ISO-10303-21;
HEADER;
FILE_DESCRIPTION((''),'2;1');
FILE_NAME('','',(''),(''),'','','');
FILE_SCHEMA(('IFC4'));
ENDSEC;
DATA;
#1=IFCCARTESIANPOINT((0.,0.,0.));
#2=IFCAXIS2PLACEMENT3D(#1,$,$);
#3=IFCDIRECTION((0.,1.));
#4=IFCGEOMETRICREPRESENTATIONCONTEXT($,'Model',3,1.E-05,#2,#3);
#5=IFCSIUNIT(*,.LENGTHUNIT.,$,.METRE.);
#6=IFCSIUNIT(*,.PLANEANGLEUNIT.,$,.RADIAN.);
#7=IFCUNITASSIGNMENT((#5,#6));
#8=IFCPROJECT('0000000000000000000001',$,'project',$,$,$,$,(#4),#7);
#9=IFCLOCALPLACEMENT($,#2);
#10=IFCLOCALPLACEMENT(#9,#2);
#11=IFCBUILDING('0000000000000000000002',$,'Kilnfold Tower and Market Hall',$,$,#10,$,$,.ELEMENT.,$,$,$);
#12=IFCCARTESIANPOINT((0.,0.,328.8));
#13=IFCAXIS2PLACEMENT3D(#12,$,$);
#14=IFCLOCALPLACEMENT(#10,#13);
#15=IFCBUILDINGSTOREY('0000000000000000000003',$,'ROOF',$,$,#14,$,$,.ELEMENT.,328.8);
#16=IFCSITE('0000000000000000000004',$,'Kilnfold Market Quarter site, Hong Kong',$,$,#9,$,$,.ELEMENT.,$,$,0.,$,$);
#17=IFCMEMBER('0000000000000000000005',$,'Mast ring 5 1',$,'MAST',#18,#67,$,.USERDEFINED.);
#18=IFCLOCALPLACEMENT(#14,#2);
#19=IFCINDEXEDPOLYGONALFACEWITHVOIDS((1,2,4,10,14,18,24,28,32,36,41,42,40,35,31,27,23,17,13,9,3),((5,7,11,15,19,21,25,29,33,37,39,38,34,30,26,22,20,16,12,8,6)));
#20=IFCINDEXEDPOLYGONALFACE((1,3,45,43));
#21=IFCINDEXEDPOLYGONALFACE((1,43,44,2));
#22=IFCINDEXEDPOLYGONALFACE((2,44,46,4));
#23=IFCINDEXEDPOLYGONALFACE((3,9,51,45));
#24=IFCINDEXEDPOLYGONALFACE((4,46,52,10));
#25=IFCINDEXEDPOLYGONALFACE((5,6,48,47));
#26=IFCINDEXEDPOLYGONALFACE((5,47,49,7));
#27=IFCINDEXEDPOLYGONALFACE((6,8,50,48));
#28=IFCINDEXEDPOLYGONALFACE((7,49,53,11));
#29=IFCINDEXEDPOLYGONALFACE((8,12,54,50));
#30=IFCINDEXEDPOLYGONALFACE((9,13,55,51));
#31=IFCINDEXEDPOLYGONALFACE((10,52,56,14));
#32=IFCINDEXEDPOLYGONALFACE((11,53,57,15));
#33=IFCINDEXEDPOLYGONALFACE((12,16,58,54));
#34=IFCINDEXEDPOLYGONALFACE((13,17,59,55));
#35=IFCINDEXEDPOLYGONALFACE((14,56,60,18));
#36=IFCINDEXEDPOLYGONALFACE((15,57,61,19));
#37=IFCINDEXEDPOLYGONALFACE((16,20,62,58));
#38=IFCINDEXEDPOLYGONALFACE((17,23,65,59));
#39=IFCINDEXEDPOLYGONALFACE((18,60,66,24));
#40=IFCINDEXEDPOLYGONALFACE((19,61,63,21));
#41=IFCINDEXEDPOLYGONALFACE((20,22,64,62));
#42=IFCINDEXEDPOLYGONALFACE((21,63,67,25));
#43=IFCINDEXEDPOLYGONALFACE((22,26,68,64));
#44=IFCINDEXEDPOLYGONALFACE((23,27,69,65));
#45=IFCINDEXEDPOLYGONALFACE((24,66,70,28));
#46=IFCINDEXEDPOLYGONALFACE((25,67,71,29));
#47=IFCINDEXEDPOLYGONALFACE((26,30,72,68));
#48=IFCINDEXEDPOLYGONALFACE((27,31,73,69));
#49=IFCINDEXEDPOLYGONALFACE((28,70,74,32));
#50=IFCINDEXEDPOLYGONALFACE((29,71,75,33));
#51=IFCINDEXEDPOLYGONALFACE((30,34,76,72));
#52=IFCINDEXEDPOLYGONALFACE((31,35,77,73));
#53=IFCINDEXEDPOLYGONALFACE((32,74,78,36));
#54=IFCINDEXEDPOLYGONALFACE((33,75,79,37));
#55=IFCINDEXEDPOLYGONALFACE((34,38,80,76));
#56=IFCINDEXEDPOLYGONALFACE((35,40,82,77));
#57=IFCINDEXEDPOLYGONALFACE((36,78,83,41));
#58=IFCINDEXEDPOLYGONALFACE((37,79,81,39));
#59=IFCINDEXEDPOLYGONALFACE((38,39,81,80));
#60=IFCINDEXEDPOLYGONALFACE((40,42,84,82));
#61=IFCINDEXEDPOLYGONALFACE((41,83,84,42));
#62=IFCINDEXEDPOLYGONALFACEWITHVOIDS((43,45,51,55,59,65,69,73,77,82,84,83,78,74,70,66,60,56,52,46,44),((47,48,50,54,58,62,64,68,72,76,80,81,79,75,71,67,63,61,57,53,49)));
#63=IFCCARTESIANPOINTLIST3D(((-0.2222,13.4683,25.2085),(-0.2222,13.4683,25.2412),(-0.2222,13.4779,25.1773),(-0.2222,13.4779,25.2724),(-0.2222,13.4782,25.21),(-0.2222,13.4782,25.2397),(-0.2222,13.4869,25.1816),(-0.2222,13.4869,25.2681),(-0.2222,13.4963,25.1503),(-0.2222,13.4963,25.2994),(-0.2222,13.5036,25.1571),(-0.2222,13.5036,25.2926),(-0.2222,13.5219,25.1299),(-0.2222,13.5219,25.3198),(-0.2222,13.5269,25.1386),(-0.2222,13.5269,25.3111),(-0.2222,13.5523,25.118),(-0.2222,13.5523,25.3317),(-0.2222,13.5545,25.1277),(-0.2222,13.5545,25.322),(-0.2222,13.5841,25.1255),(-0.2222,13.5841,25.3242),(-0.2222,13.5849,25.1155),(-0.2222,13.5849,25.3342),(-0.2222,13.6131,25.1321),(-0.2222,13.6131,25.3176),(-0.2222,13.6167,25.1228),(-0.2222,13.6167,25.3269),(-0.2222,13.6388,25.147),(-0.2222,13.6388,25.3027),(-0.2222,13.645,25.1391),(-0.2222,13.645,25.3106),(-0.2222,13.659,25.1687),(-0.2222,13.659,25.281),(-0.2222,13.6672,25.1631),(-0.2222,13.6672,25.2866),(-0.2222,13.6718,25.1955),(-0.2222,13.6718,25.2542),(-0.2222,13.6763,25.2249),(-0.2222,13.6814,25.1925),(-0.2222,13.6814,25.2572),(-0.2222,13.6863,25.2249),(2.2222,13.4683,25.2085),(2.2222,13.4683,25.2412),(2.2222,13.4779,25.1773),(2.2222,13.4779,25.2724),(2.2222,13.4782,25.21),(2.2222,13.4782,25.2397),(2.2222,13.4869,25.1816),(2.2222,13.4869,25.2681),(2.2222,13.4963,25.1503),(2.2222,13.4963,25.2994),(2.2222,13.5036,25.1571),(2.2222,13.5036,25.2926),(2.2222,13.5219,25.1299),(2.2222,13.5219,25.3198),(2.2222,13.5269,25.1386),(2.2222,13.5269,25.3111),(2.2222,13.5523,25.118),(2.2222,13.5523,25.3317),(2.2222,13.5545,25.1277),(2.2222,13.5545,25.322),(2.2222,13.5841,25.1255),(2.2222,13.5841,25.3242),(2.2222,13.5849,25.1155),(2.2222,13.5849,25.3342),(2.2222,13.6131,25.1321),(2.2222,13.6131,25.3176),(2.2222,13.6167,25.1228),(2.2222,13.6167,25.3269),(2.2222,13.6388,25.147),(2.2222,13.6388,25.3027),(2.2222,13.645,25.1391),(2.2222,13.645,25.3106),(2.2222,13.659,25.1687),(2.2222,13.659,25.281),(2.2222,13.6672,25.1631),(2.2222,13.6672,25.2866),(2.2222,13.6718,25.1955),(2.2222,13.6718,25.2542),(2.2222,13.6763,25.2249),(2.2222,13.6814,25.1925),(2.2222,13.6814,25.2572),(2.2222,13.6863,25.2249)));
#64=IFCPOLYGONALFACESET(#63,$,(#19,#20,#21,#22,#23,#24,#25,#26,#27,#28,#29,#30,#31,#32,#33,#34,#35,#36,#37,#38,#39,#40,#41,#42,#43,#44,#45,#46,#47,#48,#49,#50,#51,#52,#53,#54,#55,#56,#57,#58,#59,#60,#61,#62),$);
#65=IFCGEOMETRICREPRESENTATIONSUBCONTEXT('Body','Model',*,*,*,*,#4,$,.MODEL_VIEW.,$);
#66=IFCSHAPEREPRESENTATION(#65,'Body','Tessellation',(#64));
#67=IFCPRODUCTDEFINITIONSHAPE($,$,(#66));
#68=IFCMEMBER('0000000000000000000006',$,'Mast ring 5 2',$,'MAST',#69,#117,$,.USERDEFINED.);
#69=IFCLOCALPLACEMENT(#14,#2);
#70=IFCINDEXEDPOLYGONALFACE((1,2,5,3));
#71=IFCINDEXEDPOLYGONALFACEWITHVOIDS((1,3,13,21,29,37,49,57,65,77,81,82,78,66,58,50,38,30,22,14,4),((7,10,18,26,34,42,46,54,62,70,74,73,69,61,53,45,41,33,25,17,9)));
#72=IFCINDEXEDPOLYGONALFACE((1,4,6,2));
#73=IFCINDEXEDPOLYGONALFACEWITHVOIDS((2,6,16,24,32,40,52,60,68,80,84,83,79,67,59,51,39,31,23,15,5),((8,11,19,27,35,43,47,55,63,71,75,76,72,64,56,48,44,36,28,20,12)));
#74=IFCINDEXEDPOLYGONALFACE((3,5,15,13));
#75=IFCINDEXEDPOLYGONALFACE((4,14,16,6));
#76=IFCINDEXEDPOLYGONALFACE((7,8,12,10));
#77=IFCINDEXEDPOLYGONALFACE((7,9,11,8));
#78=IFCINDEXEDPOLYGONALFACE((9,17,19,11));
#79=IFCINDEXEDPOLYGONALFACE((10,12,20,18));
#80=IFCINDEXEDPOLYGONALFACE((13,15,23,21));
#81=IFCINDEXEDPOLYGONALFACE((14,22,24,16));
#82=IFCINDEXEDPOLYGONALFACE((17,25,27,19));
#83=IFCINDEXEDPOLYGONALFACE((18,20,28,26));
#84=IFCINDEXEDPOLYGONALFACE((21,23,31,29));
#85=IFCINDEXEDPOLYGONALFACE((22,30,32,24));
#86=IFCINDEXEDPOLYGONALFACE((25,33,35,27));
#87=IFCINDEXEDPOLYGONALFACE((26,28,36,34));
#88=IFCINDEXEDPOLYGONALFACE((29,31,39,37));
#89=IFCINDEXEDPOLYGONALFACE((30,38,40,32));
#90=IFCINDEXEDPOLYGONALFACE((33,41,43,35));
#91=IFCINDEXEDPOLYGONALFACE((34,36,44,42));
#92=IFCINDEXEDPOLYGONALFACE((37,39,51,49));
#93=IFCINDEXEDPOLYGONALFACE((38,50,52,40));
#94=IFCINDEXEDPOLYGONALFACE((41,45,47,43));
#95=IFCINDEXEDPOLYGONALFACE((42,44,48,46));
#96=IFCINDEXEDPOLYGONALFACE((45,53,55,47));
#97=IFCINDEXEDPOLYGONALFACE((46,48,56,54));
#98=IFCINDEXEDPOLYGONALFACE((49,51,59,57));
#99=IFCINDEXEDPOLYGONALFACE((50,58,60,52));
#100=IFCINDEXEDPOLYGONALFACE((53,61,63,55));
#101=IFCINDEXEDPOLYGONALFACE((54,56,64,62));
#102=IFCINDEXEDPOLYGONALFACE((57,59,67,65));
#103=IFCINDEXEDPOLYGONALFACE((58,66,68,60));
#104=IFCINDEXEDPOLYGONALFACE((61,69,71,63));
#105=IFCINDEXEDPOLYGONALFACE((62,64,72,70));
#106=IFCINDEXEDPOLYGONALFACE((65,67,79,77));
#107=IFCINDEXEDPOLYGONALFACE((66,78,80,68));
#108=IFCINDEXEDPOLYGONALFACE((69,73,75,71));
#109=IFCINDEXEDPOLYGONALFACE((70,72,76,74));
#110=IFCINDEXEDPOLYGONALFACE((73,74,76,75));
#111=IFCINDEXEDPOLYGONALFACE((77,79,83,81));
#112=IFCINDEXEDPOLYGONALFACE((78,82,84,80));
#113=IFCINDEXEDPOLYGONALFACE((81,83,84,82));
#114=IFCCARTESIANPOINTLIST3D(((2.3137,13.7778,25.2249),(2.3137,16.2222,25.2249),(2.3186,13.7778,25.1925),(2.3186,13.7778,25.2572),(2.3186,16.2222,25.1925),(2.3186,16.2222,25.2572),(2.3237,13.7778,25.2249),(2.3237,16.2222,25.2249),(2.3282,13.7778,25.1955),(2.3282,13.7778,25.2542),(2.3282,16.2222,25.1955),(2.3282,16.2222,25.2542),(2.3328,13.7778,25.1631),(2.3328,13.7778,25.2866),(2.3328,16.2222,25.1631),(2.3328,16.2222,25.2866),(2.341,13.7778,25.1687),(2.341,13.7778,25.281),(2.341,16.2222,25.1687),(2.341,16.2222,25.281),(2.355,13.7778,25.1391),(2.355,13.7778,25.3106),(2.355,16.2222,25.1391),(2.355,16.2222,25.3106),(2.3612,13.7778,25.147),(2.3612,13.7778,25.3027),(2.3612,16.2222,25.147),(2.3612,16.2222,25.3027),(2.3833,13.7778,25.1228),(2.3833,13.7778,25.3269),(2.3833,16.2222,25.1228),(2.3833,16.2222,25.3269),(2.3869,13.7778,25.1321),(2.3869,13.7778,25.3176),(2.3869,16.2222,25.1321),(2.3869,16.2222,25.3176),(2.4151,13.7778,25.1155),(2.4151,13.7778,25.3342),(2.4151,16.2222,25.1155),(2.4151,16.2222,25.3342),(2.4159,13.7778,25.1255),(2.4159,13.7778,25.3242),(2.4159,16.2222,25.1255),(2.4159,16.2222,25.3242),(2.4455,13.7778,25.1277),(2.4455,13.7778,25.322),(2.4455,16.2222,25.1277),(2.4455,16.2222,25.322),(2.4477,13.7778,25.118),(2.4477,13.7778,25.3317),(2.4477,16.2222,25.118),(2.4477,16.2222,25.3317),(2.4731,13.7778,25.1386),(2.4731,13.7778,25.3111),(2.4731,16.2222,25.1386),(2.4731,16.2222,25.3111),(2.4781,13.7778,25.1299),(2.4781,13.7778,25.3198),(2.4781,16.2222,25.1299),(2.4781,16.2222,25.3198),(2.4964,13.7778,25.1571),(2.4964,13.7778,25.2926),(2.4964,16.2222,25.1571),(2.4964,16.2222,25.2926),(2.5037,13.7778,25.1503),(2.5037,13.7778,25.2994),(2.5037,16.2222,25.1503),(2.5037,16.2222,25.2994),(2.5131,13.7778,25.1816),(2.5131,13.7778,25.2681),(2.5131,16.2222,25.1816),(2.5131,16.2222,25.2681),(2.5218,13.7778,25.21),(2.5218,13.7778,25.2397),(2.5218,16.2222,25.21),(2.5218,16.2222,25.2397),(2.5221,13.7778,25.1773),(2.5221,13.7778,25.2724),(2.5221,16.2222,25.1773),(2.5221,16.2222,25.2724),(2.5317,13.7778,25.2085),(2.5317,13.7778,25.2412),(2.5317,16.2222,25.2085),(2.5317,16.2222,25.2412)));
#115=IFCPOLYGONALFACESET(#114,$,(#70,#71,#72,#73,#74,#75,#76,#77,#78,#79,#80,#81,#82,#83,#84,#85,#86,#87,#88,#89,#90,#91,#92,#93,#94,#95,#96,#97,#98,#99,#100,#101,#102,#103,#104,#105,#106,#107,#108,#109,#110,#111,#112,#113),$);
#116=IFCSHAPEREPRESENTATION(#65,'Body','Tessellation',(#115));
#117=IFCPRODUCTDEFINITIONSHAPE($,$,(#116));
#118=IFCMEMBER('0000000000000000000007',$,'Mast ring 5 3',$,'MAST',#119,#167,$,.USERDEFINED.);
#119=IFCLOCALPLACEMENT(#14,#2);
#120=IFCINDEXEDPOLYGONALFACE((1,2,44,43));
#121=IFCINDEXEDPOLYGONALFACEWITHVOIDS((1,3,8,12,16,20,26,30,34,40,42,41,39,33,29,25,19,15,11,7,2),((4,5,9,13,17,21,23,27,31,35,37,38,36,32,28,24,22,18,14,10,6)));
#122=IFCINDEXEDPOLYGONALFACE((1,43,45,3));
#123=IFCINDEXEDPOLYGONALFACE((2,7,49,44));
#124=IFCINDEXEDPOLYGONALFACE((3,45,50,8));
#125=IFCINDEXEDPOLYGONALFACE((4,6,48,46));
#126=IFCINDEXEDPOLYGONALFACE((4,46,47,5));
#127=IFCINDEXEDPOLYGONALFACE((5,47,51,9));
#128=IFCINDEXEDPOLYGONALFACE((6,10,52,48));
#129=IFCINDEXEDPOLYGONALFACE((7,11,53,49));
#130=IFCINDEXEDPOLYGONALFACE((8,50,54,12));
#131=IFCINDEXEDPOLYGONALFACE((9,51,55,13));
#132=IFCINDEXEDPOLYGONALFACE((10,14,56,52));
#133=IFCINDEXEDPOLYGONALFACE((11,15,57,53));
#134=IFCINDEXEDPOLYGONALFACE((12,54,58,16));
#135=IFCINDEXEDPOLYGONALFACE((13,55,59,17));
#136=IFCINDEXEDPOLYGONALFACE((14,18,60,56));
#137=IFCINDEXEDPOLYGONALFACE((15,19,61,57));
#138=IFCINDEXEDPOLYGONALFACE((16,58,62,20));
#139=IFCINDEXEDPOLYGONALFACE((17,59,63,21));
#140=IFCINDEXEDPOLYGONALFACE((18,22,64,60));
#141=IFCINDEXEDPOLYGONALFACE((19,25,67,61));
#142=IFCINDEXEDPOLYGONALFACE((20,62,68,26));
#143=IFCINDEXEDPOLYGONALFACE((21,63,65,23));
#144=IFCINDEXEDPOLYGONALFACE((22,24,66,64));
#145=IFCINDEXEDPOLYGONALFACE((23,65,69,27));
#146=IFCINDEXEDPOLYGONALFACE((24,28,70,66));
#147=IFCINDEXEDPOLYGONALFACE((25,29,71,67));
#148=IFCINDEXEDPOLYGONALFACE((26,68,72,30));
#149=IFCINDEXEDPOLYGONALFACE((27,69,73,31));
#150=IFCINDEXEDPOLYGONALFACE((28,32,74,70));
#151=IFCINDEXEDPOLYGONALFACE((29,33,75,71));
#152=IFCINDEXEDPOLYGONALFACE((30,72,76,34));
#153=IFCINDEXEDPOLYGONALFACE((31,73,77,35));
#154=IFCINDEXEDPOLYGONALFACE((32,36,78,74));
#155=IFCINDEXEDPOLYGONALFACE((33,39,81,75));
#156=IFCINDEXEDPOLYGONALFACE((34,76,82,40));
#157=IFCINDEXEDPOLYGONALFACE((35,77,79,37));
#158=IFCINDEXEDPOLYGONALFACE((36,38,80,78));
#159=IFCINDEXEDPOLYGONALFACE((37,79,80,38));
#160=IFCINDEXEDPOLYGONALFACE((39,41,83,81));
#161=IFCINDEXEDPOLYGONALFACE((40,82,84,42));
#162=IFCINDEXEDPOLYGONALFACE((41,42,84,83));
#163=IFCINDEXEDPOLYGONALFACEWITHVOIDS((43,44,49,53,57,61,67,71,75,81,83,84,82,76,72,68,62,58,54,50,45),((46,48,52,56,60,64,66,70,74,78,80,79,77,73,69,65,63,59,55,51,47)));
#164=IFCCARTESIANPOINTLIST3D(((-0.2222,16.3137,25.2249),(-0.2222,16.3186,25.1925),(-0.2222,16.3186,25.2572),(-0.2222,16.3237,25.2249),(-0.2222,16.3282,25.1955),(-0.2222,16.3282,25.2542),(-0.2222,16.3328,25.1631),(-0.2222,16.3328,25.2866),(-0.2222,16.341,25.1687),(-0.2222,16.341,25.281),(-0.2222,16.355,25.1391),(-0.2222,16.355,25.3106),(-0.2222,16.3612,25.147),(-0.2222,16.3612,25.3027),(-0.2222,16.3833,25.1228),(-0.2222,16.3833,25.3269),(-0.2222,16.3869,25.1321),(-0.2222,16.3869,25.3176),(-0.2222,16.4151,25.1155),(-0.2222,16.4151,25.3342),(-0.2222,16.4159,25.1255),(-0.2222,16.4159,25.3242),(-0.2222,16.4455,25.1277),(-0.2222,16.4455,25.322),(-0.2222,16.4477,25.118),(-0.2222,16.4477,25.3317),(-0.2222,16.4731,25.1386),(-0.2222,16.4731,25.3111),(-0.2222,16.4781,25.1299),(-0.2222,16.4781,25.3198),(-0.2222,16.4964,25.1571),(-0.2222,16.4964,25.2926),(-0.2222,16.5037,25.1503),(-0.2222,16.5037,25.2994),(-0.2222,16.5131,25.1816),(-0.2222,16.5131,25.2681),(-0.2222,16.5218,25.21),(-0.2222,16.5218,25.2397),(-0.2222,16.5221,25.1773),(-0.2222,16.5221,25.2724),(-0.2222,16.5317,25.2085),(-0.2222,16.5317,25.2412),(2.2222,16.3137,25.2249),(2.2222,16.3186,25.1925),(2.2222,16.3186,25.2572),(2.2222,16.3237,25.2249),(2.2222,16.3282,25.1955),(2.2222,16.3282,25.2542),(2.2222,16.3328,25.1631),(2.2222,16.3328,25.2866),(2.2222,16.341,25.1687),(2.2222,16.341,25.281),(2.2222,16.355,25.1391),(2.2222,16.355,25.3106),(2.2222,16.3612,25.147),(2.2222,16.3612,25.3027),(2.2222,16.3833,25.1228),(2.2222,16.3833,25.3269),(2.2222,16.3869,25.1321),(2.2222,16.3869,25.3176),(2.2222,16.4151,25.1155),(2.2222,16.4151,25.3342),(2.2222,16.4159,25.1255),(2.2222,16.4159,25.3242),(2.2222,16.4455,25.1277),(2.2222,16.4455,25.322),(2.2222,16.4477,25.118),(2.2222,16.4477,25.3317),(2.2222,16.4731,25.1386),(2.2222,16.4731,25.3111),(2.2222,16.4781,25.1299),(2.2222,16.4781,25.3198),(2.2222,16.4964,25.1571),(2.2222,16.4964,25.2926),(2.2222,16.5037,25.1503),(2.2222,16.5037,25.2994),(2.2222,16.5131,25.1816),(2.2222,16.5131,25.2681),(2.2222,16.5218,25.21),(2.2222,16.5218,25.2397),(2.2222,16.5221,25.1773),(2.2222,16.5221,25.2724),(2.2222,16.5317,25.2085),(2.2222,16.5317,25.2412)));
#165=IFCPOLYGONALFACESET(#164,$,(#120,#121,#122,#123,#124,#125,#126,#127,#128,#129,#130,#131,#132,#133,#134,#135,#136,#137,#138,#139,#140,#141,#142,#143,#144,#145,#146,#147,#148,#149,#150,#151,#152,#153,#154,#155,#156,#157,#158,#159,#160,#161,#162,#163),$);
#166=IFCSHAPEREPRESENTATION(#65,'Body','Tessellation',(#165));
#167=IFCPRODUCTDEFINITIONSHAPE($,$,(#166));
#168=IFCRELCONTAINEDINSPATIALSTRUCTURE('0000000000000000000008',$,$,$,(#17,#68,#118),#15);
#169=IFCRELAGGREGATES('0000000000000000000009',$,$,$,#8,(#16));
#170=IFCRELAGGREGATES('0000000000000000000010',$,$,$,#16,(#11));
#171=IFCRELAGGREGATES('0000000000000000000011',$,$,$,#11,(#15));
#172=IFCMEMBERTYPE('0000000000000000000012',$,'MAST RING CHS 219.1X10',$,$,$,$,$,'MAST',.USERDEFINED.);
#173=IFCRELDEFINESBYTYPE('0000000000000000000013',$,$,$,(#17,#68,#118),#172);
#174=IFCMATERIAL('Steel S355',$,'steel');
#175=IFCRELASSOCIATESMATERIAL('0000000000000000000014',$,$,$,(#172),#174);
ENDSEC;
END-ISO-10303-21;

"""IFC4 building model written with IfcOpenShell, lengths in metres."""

from ifc_helpers import new_model, si_unit, direction, frame, origin, origin_2d, place, context, subcontext, project, spatial, hollow_circle, extrude, source, transform, mapped, material, material_profile, profile_set, type_object, element, save


model = new_model("IFC4")

# Units and contexts
model_context = context("Model", 3, precision=1e-05, world=origin(), true_north=direction((0.0, 1.0)))
body_context = subcontext(model_context, "Body", "Model", "MODEL_VIEW")
ifc_project = project(units=[si_unit("LENGTHUNIT", "METRE"), si_unit("PLANEANGLEUNIT", "RADIAN")], contexts=[model_context])

# Site, building, storey
site_placement = place(None, origin())
site = spatial("IfcSite", under=ifc_project, at=site_placement, Name="Kilnfold Market Quarter site, Hong Kong", CompositionType="ELEMENT", RefElevation=0.0)
building_placement = place(site_placement, origin())
building = spatial("IfcBuilding", under=site, at=building_placement, Name="Kilnfold Tower and Market Hall", CompositionType="ELEMENT")
storey_placement = place(building_placement, frame((0.0, 0.0, 328.8)))
storey = spatial("IfcBuildingStorey", under=building, at=storey_placement, Name="ROOF", CompositionType="ELEMENT", Elevation=328.8)

# Members
ifc_material_1 = material(Name="Steel S355", Category="steel")
ifc_material_profile_1 = material_profile(ifc_material_1, hollow_circle(Radius=0.1096, WallThickness=0.01, at=origin_2d()), Name="CHS 219.1x10")
ifc_profile_set_1 = profile_set([ifc_material_profile_1], Name="Steel S355")
member_type_1 = type_object("IfcMemberType", Name="MAST RING CHS 219.1X10", ElementType="MAST", PredefinedType="USERDEFINED", material=ifc_profile_set_1)
shared_shape_1 = source(origin(), body_context, "Body", "SweptSolid", [
    extrude(hollow_circle(Radius=0.1096, WallThickness=0.01, at=origin_2d()), origin(), (0.0, 0.0, 1.0), 2.4443),
])
for number, where, z_axis, x_axis, name in (
    (1, (-0.2222, 13.5767, 25.2249), (1.0, 0.0, 0.0), (0.0, 1.0, 0.0), "Mast ring 5 1"),
    (2, (2.4233, 13.7778, 25.2249), (0.0, 1.0, 0.0), (-1.0, 0.0, 0.0), "Mast ring 5 2"),
    (3, (2.2222, 16.4233, 25.2249), (-1.0, 0.0, 0.0), (0.0, -1.0, 0.0), "Mast ring 5 3"),
):
    element("IfcMember", number, at=place(storey_placement, frame(where, z_axis=z_axis, x_axis=x_axis)), inside=storey, type_object=member_type_1, Name=name, ObjectType="MAST", PredefinedType="USERDEFINED", context=body_context, shape_type="MappedRepresentation", body=[
        mapped(shared_shape_1, transform((0.0, 0.0, 0.0))),
    ])

save(model, "model.ifc")
